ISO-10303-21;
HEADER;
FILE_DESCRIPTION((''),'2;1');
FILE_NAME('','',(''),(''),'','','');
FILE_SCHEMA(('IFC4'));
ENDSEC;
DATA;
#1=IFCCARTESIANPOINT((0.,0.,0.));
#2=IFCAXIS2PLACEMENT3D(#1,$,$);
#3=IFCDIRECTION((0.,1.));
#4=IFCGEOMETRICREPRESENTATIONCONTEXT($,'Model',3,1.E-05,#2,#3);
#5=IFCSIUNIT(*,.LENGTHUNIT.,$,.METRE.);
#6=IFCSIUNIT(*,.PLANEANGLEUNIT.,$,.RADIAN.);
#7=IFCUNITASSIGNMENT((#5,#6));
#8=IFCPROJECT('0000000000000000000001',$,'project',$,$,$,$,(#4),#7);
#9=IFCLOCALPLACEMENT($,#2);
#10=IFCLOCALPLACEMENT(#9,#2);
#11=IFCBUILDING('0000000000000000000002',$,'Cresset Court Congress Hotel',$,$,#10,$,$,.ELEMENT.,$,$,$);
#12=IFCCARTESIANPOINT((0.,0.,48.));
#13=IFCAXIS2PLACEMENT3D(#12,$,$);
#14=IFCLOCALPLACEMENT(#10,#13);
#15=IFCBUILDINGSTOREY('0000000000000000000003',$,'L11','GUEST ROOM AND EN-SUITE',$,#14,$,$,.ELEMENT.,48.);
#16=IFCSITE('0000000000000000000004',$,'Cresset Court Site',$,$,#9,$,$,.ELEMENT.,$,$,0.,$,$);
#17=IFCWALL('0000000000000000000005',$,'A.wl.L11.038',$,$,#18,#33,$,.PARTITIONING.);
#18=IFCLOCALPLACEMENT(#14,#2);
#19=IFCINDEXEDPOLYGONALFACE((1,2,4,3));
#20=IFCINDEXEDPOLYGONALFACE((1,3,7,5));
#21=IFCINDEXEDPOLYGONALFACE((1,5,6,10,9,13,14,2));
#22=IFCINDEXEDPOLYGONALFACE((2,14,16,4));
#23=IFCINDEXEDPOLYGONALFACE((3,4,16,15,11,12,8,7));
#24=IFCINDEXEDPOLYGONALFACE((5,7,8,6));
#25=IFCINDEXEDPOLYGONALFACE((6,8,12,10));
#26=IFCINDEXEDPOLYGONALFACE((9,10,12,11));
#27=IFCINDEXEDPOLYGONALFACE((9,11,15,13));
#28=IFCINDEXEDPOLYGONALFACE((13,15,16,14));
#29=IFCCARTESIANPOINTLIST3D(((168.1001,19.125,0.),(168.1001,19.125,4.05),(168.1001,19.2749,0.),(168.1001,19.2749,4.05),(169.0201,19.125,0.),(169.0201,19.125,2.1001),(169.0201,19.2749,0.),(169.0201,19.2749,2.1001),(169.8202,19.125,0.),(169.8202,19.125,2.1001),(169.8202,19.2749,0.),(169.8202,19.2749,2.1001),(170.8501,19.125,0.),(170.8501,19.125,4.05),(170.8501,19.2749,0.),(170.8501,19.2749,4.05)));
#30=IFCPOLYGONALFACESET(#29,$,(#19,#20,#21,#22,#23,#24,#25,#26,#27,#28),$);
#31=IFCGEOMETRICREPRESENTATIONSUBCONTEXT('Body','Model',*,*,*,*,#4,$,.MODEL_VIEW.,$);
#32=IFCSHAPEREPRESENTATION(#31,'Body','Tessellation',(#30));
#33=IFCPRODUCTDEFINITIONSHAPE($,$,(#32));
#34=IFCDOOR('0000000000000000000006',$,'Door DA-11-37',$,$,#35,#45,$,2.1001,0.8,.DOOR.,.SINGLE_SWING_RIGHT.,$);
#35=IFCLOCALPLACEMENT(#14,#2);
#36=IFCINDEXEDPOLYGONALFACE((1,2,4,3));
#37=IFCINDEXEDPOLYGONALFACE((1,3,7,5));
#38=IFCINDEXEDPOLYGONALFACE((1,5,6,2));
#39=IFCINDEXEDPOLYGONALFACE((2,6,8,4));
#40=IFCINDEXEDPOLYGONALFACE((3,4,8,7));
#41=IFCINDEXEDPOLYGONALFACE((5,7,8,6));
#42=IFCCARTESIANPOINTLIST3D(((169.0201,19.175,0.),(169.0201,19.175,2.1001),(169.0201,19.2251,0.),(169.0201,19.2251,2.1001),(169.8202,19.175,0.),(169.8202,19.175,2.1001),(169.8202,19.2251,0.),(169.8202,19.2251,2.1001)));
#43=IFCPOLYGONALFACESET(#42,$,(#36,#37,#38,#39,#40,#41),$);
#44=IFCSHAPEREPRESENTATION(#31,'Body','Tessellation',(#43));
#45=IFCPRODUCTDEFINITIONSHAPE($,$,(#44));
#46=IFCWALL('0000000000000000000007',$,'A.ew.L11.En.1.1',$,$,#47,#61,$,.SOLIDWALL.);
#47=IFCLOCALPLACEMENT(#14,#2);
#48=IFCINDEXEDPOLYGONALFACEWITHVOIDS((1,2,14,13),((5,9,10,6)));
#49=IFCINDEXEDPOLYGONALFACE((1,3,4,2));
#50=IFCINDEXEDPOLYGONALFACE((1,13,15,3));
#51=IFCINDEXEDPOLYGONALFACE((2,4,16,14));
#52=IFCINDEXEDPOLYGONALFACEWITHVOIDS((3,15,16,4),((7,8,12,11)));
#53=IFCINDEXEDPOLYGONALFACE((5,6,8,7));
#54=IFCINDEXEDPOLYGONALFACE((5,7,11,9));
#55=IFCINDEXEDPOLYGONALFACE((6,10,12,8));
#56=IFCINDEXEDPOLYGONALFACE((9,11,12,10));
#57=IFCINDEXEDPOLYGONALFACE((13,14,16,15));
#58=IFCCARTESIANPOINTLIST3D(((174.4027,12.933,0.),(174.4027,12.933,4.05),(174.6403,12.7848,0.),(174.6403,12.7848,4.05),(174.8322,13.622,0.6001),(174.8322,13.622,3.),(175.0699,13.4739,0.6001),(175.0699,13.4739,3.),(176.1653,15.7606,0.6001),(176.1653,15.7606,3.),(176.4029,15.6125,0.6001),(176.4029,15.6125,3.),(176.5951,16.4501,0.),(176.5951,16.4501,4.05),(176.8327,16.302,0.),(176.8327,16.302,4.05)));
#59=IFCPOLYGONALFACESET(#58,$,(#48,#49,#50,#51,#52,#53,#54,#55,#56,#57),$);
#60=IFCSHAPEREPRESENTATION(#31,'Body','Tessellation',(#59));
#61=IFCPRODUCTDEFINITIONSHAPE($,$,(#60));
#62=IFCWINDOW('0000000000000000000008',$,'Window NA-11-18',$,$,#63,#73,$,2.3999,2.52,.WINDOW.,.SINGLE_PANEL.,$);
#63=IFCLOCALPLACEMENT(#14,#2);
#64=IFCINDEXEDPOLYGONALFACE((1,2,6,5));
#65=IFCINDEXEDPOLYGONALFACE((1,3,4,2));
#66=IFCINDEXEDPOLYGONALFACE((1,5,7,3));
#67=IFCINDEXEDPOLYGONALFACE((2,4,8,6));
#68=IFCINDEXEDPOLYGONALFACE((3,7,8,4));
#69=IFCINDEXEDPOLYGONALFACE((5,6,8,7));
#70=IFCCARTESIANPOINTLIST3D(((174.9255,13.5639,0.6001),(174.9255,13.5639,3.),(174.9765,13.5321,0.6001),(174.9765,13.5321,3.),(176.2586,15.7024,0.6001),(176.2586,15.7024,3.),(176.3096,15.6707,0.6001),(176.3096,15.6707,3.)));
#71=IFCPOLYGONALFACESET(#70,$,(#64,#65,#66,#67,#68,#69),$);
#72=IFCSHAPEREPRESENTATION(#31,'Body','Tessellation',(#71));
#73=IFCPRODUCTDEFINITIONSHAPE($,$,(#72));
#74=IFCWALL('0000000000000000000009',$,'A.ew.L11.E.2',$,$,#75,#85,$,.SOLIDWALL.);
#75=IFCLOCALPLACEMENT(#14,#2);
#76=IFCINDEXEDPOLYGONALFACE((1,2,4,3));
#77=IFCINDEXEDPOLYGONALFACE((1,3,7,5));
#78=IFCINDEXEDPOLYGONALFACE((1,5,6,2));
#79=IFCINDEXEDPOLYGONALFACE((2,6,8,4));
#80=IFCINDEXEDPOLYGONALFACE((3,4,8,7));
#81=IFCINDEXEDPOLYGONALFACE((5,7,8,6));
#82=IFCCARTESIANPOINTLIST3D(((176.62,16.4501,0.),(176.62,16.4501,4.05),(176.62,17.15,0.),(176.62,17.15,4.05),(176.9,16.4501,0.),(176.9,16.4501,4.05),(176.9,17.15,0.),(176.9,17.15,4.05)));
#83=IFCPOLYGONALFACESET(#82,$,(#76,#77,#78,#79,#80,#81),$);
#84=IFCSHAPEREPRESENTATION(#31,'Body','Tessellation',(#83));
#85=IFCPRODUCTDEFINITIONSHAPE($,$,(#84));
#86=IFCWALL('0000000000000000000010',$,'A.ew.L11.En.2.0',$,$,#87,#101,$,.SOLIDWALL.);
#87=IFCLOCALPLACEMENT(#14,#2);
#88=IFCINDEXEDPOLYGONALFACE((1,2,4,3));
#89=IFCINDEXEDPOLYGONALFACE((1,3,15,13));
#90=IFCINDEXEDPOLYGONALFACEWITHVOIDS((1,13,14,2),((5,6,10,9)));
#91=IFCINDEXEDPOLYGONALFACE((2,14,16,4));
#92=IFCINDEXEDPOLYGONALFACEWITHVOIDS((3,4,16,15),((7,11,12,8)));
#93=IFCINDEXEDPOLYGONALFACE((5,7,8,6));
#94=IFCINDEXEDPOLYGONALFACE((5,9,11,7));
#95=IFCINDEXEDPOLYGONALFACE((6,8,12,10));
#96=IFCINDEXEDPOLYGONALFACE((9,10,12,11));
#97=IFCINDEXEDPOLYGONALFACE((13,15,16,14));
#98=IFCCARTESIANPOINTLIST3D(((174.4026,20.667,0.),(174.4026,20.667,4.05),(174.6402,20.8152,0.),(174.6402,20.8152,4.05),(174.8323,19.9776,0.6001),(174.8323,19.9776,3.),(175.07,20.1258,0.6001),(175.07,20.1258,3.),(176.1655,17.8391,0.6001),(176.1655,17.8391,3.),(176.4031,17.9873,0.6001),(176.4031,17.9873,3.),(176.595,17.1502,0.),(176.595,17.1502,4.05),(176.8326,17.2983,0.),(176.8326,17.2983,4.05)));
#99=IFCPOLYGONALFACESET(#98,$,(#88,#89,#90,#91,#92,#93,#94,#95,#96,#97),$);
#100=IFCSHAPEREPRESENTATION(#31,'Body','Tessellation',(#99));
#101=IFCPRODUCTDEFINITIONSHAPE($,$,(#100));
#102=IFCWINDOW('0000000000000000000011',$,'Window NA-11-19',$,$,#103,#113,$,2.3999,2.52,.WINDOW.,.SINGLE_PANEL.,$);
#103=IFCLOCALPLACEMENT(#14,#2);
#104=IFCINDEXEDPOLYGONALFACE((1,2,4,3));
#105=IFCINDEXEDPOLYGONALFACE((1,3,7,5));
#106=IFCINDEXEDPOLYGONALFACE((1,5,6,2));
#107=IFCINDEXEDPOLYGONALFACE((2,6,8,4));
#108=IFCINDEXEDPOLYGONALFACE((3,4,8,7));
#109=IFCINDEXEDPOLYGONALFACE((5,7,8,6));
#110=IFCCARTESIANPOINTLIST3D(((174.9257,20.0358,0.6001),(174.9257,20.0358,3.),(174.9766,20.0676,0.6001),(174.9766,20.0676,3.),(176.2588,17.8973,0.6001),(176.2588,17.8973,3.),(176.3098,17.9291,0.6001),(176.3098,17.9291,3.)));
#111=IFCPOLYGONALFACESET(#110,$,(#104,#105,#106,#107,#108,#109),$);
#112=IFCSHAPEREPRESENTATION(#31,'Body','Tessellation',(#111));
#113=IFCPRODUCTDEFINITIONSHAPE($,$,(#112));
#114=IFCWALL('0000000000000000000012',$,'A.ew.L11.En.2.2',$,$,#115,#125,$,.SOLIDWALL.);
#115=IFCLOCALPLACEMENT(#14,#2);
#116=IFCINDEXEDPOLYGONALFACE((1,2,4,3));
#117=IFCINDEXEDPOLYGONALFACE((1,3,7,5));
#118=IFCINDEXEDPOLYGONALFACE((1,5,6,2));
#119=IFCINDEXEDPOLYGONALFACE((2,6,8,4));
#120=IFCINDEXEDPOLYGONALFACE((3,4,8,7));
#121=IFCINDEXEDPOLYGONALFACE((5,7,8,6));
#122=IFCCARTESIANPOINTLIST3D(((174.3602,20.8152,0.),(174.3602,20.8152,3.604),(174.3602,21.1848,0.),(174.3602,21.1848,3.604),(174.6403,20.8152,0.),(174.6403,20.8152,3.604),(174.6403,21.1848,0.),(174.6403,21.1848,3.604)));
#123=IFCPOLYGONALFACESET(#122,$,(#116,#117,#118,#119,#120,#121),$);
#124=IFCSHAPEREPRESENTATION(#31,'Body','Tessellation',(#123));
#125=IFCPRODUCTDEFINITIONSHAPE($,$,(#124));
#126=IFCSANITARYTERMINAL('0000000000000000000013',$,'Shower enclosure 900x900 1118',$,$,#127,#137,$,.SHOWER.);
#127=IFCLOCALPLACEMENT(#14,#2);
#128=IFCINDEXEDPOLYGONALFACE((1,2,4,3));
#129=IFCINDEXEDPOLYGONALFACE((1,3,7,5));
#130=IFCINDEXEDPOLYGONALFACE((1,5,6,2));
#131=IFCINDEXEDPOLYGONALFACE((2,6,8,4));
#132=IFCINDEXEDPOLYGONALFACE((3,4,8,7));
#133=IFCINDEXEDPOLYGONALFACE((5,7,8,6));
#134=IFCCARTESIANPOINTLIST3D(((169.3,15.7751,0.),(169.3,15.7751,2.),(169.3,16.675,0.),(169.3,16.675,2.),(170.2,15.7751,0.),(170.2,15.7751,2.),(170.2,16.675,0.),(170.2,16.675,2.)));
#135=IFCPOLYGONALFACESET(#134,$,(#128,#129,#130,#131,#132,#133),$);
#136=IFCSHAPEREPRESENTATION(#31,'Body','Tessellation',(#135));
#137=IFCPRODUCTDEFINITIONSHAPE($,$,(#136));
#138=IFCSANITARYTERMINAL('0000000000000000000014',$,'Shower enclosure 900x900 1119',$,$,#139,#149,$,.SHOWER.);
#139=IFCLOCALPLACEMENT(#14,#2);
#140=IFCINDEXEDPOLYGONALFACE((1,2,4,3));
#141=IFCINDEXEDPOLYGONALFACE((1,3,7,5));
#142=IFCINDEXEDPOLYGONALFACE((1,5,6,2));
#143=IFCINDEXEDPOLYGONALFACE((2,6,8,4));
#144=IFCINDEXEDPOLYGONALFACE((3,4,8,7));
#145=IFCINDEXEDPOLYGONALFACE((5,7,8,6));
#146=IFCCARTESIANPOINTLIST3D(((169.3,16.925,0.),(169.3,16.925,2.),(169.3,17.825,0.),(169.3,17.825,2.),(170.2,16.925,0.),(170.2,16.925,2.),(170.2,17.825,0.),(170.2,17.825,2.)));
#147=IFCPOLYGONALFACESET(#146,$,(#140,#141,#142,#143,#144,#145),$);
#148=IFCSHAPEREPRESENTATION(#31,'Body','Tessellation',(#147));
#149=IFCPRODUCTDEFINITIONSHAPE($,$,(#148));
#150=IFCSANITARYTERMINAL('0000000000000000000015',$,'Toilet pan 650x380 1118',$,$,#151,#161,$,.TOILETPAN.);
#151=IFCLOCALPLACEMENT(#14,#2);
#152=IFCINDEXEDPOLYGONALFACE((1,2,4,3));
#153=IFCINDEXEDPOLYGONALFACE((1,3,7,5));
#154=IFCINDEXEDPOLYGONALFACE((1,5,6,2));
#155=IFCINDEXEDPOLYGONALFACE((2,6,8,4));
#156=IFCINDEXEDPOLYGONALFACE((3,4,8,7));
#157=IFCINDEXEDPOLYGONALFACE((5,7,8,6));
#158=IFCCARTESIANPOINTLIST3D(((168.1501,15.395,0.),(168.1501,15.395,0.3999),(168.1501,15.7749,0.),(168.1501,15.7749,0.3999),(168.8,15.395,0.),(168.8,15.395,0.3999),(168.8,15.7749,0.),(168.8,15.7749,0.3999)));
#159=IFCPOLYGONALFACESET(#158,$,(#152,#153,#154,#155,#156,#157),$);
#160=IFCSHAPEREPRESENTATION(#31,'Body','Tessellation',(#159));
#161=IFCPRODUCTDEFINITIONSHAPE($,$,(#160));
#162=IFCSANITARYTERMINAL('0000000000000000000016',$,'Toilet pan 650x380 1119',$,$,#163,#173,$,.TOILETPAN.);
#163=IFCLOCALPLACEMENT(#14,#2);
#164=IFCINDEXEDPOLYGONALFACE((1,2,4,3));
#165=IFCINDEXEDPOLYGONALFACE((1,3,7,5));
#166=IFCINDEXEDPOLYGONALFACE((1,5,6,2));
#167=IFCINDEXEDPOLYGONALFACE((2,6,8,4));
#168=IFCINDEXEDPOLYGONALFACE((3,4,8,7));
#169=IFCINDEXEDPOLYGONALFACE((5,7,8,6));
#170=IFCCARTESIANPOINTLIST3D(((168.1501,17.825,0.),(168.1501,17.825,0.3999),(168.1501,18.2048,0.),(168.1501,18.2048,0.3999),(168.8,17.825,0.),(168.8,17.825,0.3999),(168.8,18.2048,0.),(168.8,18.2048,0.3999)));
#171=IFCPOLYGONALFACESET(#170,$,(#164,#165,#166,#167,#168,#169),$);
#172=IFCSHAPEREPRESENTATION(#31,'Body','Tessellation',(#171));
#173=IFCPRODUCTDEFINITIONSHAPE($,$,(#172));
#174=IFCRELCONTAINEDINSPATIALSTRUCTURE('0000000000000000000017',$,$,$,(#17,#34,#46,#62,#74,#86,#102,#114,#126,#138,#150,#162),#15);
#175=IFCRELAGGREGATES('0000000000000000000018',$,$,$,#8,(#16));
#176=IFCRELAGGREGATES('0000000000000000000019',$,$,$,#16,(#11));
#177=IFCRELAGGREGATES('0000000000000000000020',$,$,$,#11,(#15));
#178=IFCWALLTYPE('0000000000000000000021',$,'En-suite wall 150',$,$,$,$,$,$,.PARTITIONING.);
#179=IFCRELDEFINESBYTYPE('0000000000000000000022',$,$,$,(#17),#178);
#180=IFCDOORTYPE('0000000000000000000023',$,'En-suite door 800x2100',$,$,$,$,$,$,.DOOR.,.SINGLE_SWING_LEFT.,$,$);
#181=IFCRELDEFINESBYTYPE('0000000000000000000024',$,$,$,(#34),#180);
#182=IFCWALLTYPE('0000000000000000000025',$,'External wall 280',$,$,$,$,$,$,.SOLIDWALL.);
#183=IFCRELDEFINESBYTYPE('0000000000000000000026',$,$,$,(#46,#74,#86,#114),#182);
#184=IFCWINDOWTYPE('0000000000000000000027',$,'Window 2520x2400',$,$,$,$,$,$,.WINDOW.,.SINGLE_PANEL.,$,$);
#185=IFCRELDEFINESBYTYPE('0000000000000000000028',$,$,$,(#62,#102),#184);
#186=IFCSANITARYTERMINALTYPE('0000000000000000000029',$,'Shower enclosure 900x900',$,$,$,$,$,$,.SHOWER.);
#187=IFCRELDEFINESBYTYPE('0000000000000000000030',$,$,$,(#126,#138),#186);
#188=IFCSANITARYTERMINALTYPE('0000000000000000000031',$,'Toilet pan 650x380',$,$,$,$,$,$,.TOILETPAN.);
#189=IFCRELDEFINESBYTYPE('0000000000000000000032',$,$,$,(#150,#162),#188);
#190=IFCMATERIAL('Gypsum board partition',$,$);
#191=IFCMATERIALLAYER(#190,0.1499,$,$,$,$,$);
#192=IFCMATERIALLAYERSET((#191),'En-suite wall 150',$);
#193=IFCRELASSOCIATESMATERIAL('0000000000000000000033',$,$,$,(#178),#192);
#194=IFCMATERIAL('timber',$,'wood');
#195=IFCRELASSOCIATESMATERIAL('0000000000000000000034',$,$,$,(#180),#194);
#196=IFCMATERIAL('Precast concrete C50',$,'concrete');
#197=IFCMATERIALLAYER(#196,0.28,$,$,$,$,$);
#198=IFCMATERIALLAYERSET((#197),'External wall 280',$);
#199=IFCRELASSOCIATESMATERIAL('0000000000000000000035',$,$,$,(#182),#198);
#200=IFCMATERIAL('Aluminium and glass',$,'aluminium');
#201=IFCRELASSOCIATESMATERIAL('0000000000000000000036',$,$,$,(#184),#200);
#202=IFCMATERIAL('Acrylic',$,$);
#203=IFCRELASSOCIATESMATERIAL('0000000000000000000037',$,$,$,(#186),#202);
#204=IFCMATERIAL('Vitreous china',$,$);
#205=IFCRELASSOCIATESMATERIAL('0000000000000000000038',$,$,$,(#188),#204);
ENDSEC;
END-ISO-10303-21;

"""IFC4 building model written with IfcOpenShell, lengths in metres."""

from ifc_helpers import new_model, si_unit, direction, frame, frame_2d, origin, origin_2d, place, context, subcontext, project, spatial, rectangle, extrude, material, layer, layer_set, type_object, element, fill, save


model = new_model("IFC4")

# Units and contexts
model_context = context("Model", 3, precision=1e-05, world=origin(), true_north=direction((0.0, 1.0)))
body_context = subcontext(model_context, "Body", "Model", "MODEL_VIEW")
ifc_project = project(units=[si_unit("LENGTHUNIT", "METRE"), si_unit("PLANEANGLEUNIT", "RADIAN")], contexts=[model_context])

# Site, building, storey
site_placement = place(None, origin())
site = spatial("IfcSite", under=ifc_project, at=site_placement, Name="Cresset Court Site", CompositionType="ELEMENT", RefElevation=0.0)
building_placement = place(site_placement, origin())
building = spatial("IfcBuilding", under=site, at=building_placement, Name="Cresset Court Congress Hotel", CompositionType="ELEMENT")
storey_placement = place(building_placement, frame((0.0, 0.0, 48.0)))
storey = spatial("IfcBuildingStorey", under=building, at=storey_placement, Name="L11", Description="GUEST ROOM AND EN-SUITE", CompositionType="ELEMENT", Elevation=48.0)

# Shared definitions
ifc_material_1 = material(Name="Gypsum board partition")
ifc_layer_1 = layer(ifc_material_1, 0.1499)
ifc_layer_set_1 = layer_set([ifc_layer_1], Name="En-suite wall 150")
wall_type_1 = type_object("IfcWallType", Name="En-suite wall 150", PredefinedType="PARTITIONING", material=ifc_layer_set_1)

# Shared definitions
ifc_material_2 = material(Name="timber", Category="wood")
door_type = type_object("IfcDoorType", Name="En-suite door 800x2100", OperationType="SINGLE_SWING_LEFT", PredefinedType="DOOR", material=ifc_material_2)

# Wall, opening, door
wall_1_placement = place(storey_placement, frame((170.8501, 19.2, 0.0), z_axis=(0.0, 0.0, 1.0), x_axis=(-1.0, 0.0, 0.0)))
wall_1 = element("IfcWall", 1, at=wall_1_placement, inside=storey, type_object=wall_type_1, Name="A.wl.L11.038", PredefinedType="PARTITIONING", context=body_context, shape_type="SweptSolid", body=[
    extrude(rectangle(XDim=2.75, YDim=0.1499, at=frame_2d((1.375, 0.0))), origin(), (0.0, 0.0, 1.0), 4.05),
])
opening_1_placement = place(wall_1_placement, frame((1.03, 0.0, 0.0)))
opening_1 = element("IfcOpeningElement", 2, at=opening_1_placement, cuts=wall_1, PredefinedType="OPENING", context=body_context, shape_type="SweptSolid", body=[
    extrude(rectangle(XDim=0.8, YDim=2.1001, at=frame_2d((0.3999, 1.05))), frame((0.0, 0.085, 0.0), z_axis=(0.0, -1.0, 0.0), x_axis=(1.0, 0.0, 0.0)), (0.0, 0.0, 1.0), 0.1699),
])
door_1_placement = place(opening_1_placement, origin())
door_1 = element("IfcDoor", 3, at=door_1_placement, inside=storey, type_object=door_type, Name="Door DA-11-37", OperationType="SINGLE_SWING_RIGHT", OverallHeight=2.1001, OverallWidth=0.8, PredefinedType="DOOR", context=body_context, shape_type="SweptSolid", body=[
    extrude(rectangle(XDim=0.8, YDim=2.1001, at=frame_2d((0.3999, 1.05))), frame((0.0, 0.0249, 0.0), z_axis=(0.0, -1.0, 0.0), x_axis=(1.0, 0.0, 0.0)), (0.0, 0.0, 1.0), 0.05),
])
fill(opening_1, door_1)

# Wall, opening, window
ifc_material_3 = material(Name="Precast concrete C50", Category="concrete")
ifc_layer_2 = layer(ifc_material_3, 0.28)
ifc_layer_set_2 = layer_set([ifc_layer_2], Name="External wall 280")
wall_type_2 = type_object("IfcWallType", Name="External wall 280", PredefinedType="SOLIDWALL", material=ifc_layer_set_2)
wall_2_placement = place(storey_placement, frame((174.5215, 12.8589, 0.0), z_axis=(0.0, 0.0, 1.0), x_axis=(0.528993, 0.848626, 0.0)))
wall_2 = element("IfcWall", 4, at=wall_2_placement, inside=storey, type_object=wall_type_2, Name="A.ew.L11.En.1.1", PredefinedType="SOLIDWALL", context=body_context, shape_type="SweptSolid", body=[
    extrude(rectangle(XDim=4.1445, YDim=0.28, at=frame_2d((2.0723, 0.0))), origin(), (0.0, 0.0, 1.0), 4.05),
])
opening_2_placement = place(wall_2_placement, frame((0.812, 0.0, 0.6001)))
opening_2 = element("IfcOpeningElement", 5, at=opening_2_placement, cuts=wall_2, PredefinedType="OPENING", context=body_context, shape_type="SweptSolid", body=[
    extrude(rectangle(XDim=2.52, YDim=2.3999, at=frame_2d((1.26, 1.2))), frame((0.0, 0.1499, 0.0), z_axis=(0.0, -1.0, 0.0), x_axis=(1.0, 0.0, 0.0)), (0.0, 0.0, 1.0), 0.3),
])
ifc_material_4 = material(Name="Aluminium and glass", Category="aluminium")
window_type = type_object("IfcWindowType", Name="Window 2520x2400", PartitioningType="SINGLE_PANEL", PredefinedType="WINDOW", material=ifc_material_4)
window_1_placement = place(opening_2_placement, origin())
window_1 = element("IfcWindow", 6, at=window_1_placement, inside=storey, type_object=window_type, Name="Window NA-11-18", OverallHeight=2.3999, OverallWidth=2.52, PartitioningType="SINGLE_PANEL", PredefinedType="WINDOW", context=body_context, shape_type="SweptSolid", body=[
    extrude(rectangle(XDim=2.52, YDim=2.3999, at=frame_2d((1.26, 1.2))), frame((0.0, 0.03, 0.0), z_axis=(0.0, -1.0, 0.0), x_axis=(1.0, 0.0, 0.0)), (0.0, 0.0, 1.0), 0.0601),
])
fill(opening_2, window_1)

# Wall
wall_3_placement = place(storey_placement, frame((176.76, 16.45, 0.0), z_axis=(0.0, 0.0, 1.0), x_axis=(0.0, 1.0, 0.0)))
element("IfcWall", 7, at=wall_3_placement, inside=storey, type_object=wall_type_2, Name="A.ew.L11.E.2", PredefinedType="SOLIDWALL", context=body_context, shape_type="SweptSolid", body=[
    extrude(rectangle(XDim=0.7, YDim=0.28, at=frame_2d((0.3501, 0.0))), origin(), (0.0, 0.0, 1.0), 4.05),
])

# Wall, opening, window
wall_4_placement = place(storey_placement, frame((176.7139, 17.2241, 0.0), z_axis=(0.0, 0.0, 1.0), x_axis=(-0.529019, 0.84861, 0.0)))
wall_4 = element("IfcWall", 8, at=wall_4_placement, inside=storey, type_object=wall_type_2, Name="A.ew.L11.En.2.0", PredefinedType="SOLIDWALL", context=body_context, shape_type="SweptSolid", body=[
    extrude(rectangle(XDim=4.1443, YDim=0.28, at=frame_2d((2.0723, 0.0))), origin(), (0.0, 0.0, 1.0), 4.05),
])
opening_3_placement = place(wall_4_placement, frame((0.812, 0.0, 0.6001)))
opening_3 = element("IfcOpeningElement", 9, at=opening_3_placement, cuts=wall_4, PredefinedType="OPENING", context=body_context, shape_type="SweptSolid", body=[
    extrude(rectangle(XDim=2.52, YDim=2.3999, at=frame_2d((1.26, 1.2))), frame((0.0, 0.1499, 0.0), z_axis=(0.0, -1.0, 0.0), x_axis=(1.0, 0.0, 0.0)), (0.0, 0.0, 1.0), 0.3),
])
window_2_placement = place(opening_3_placement, origin())
window_2 = element("IfcWindow", 10, at=window_2_placement, inside=storey, type_object=window_type, Name="Window NA-11-19", OverallHeight=2.3999, OverallWidth=2.52, PartitioningType="SINGLE_PANEL", PredefinedType="WINDOW", context=body_context, shape_type="SweptSolid", body=[
    extrude(rectangle(XDim=2.52, YDim=2.3999, at=frame_2d((1.26, 1.2))), frame((0.0, 0.03, 0.0), z_axis=(0.0, -1.0, 0.0), x_axis=(1.0, 0.0, 0.0)), (0.0, 0.0, 1.0), 0.0601),
])
fill(opening_3, window_2)

# Wall
wall_5_placement = place(storey_placement, frame((174.5002, 20.8152, 0.0), z_axis=(0.0, 0.0, 1.0), x_axis=(0.0, 1.0, 0.0)))
element("IfcWall", 11, at=wall_5_placement, inside=storey, type_object=wall_type_2, Name="A.ew.L11.En.2.2", PredefinedType="SOLIDWALL", context=body_context, shape_type="SweptSolid", body=[
    extrude(rectangle(XDim=0.3696, YDim=0.28, at=frame_2d((0.1848, 0.0))), origin(), (0.0, 0.0, 1.0), 3.604),
])

# Sanitary terminals
ifc_material_5 = material(Name="Acrylic")
sanitary_terminal_type_1 = type_object("IfcSanitaryTerminalType", Name="Shower enclosure 900x900", PredefinedType="SHOWER", material=ifc_material_5)
for number, where, z_axis, x_axis, name in (
    (12, (169.75, 16.2251, 0.0), (0.0, 0.0, 1.0), (1.0, 0.0, 0.0), "Shower enclosure 900x900 1118"),
    (13, (169.75, 17.375, 0.0), (0.0, 0.0, 1.0), (1.0, 0.0, 0.0), "Shower enclosure 900x900 1119"),
):
    element("IfcSanitaryTerminal", number, at=place(storey_placement, frame(where, z_axis=z_axis, x_axis=x_axis)), inside=storey, type_object=sanitary_terminal_type_1, Name=name, PredefinedType="SHOWER", context=body_context, shape_type="SweptSolid", body=[
        extrude(rectangle(XDim=0.8999, YDim=0.8999, at=origin_2d()), origin(), (0.0, 0.0, 1.0), 2.0),
    ])
ifc_material_6 = material(Name="Vitreous china")
sanitary_terminal_type_2 = type_object("IfcSanitaryTerminalType", Name="Toilet pan 650x380", PredefinedType="TOILETPAN", material=ifc_material_6)
for number, where, z_axis, x_axis, name in (
    (14, (168.4751, 15.585, 0.0), (0.0, 0.0, 1.0), (1.0, 0.0, 0.0), "Toilet pan 650x380 1118"),
    (15, (168.4751, 18.0149, 0.0), (0.0, 0.0, 1.0), (1.0, 0.0, 0.0), "Toilet pan 650x380 1119"),
):
    element("IfcSanitaryTerminal", number, at=place(storey_placement, frame(where, z_axis=z_axis, x_axis=x_axis)), inside=storey, type_object=sanitary_terminal_type_2, Name=name, PredefinedType="TOILETPAN", context=body_context, shape_type="SweptSolid", body=[
        extrude(rectangle(XDim=0.6499, YDim=0.3799, at=origin_2d()), origin(), (0.0, 0.0, 1.0), 0.3999),
    ])

save(model, "model.ifc")
